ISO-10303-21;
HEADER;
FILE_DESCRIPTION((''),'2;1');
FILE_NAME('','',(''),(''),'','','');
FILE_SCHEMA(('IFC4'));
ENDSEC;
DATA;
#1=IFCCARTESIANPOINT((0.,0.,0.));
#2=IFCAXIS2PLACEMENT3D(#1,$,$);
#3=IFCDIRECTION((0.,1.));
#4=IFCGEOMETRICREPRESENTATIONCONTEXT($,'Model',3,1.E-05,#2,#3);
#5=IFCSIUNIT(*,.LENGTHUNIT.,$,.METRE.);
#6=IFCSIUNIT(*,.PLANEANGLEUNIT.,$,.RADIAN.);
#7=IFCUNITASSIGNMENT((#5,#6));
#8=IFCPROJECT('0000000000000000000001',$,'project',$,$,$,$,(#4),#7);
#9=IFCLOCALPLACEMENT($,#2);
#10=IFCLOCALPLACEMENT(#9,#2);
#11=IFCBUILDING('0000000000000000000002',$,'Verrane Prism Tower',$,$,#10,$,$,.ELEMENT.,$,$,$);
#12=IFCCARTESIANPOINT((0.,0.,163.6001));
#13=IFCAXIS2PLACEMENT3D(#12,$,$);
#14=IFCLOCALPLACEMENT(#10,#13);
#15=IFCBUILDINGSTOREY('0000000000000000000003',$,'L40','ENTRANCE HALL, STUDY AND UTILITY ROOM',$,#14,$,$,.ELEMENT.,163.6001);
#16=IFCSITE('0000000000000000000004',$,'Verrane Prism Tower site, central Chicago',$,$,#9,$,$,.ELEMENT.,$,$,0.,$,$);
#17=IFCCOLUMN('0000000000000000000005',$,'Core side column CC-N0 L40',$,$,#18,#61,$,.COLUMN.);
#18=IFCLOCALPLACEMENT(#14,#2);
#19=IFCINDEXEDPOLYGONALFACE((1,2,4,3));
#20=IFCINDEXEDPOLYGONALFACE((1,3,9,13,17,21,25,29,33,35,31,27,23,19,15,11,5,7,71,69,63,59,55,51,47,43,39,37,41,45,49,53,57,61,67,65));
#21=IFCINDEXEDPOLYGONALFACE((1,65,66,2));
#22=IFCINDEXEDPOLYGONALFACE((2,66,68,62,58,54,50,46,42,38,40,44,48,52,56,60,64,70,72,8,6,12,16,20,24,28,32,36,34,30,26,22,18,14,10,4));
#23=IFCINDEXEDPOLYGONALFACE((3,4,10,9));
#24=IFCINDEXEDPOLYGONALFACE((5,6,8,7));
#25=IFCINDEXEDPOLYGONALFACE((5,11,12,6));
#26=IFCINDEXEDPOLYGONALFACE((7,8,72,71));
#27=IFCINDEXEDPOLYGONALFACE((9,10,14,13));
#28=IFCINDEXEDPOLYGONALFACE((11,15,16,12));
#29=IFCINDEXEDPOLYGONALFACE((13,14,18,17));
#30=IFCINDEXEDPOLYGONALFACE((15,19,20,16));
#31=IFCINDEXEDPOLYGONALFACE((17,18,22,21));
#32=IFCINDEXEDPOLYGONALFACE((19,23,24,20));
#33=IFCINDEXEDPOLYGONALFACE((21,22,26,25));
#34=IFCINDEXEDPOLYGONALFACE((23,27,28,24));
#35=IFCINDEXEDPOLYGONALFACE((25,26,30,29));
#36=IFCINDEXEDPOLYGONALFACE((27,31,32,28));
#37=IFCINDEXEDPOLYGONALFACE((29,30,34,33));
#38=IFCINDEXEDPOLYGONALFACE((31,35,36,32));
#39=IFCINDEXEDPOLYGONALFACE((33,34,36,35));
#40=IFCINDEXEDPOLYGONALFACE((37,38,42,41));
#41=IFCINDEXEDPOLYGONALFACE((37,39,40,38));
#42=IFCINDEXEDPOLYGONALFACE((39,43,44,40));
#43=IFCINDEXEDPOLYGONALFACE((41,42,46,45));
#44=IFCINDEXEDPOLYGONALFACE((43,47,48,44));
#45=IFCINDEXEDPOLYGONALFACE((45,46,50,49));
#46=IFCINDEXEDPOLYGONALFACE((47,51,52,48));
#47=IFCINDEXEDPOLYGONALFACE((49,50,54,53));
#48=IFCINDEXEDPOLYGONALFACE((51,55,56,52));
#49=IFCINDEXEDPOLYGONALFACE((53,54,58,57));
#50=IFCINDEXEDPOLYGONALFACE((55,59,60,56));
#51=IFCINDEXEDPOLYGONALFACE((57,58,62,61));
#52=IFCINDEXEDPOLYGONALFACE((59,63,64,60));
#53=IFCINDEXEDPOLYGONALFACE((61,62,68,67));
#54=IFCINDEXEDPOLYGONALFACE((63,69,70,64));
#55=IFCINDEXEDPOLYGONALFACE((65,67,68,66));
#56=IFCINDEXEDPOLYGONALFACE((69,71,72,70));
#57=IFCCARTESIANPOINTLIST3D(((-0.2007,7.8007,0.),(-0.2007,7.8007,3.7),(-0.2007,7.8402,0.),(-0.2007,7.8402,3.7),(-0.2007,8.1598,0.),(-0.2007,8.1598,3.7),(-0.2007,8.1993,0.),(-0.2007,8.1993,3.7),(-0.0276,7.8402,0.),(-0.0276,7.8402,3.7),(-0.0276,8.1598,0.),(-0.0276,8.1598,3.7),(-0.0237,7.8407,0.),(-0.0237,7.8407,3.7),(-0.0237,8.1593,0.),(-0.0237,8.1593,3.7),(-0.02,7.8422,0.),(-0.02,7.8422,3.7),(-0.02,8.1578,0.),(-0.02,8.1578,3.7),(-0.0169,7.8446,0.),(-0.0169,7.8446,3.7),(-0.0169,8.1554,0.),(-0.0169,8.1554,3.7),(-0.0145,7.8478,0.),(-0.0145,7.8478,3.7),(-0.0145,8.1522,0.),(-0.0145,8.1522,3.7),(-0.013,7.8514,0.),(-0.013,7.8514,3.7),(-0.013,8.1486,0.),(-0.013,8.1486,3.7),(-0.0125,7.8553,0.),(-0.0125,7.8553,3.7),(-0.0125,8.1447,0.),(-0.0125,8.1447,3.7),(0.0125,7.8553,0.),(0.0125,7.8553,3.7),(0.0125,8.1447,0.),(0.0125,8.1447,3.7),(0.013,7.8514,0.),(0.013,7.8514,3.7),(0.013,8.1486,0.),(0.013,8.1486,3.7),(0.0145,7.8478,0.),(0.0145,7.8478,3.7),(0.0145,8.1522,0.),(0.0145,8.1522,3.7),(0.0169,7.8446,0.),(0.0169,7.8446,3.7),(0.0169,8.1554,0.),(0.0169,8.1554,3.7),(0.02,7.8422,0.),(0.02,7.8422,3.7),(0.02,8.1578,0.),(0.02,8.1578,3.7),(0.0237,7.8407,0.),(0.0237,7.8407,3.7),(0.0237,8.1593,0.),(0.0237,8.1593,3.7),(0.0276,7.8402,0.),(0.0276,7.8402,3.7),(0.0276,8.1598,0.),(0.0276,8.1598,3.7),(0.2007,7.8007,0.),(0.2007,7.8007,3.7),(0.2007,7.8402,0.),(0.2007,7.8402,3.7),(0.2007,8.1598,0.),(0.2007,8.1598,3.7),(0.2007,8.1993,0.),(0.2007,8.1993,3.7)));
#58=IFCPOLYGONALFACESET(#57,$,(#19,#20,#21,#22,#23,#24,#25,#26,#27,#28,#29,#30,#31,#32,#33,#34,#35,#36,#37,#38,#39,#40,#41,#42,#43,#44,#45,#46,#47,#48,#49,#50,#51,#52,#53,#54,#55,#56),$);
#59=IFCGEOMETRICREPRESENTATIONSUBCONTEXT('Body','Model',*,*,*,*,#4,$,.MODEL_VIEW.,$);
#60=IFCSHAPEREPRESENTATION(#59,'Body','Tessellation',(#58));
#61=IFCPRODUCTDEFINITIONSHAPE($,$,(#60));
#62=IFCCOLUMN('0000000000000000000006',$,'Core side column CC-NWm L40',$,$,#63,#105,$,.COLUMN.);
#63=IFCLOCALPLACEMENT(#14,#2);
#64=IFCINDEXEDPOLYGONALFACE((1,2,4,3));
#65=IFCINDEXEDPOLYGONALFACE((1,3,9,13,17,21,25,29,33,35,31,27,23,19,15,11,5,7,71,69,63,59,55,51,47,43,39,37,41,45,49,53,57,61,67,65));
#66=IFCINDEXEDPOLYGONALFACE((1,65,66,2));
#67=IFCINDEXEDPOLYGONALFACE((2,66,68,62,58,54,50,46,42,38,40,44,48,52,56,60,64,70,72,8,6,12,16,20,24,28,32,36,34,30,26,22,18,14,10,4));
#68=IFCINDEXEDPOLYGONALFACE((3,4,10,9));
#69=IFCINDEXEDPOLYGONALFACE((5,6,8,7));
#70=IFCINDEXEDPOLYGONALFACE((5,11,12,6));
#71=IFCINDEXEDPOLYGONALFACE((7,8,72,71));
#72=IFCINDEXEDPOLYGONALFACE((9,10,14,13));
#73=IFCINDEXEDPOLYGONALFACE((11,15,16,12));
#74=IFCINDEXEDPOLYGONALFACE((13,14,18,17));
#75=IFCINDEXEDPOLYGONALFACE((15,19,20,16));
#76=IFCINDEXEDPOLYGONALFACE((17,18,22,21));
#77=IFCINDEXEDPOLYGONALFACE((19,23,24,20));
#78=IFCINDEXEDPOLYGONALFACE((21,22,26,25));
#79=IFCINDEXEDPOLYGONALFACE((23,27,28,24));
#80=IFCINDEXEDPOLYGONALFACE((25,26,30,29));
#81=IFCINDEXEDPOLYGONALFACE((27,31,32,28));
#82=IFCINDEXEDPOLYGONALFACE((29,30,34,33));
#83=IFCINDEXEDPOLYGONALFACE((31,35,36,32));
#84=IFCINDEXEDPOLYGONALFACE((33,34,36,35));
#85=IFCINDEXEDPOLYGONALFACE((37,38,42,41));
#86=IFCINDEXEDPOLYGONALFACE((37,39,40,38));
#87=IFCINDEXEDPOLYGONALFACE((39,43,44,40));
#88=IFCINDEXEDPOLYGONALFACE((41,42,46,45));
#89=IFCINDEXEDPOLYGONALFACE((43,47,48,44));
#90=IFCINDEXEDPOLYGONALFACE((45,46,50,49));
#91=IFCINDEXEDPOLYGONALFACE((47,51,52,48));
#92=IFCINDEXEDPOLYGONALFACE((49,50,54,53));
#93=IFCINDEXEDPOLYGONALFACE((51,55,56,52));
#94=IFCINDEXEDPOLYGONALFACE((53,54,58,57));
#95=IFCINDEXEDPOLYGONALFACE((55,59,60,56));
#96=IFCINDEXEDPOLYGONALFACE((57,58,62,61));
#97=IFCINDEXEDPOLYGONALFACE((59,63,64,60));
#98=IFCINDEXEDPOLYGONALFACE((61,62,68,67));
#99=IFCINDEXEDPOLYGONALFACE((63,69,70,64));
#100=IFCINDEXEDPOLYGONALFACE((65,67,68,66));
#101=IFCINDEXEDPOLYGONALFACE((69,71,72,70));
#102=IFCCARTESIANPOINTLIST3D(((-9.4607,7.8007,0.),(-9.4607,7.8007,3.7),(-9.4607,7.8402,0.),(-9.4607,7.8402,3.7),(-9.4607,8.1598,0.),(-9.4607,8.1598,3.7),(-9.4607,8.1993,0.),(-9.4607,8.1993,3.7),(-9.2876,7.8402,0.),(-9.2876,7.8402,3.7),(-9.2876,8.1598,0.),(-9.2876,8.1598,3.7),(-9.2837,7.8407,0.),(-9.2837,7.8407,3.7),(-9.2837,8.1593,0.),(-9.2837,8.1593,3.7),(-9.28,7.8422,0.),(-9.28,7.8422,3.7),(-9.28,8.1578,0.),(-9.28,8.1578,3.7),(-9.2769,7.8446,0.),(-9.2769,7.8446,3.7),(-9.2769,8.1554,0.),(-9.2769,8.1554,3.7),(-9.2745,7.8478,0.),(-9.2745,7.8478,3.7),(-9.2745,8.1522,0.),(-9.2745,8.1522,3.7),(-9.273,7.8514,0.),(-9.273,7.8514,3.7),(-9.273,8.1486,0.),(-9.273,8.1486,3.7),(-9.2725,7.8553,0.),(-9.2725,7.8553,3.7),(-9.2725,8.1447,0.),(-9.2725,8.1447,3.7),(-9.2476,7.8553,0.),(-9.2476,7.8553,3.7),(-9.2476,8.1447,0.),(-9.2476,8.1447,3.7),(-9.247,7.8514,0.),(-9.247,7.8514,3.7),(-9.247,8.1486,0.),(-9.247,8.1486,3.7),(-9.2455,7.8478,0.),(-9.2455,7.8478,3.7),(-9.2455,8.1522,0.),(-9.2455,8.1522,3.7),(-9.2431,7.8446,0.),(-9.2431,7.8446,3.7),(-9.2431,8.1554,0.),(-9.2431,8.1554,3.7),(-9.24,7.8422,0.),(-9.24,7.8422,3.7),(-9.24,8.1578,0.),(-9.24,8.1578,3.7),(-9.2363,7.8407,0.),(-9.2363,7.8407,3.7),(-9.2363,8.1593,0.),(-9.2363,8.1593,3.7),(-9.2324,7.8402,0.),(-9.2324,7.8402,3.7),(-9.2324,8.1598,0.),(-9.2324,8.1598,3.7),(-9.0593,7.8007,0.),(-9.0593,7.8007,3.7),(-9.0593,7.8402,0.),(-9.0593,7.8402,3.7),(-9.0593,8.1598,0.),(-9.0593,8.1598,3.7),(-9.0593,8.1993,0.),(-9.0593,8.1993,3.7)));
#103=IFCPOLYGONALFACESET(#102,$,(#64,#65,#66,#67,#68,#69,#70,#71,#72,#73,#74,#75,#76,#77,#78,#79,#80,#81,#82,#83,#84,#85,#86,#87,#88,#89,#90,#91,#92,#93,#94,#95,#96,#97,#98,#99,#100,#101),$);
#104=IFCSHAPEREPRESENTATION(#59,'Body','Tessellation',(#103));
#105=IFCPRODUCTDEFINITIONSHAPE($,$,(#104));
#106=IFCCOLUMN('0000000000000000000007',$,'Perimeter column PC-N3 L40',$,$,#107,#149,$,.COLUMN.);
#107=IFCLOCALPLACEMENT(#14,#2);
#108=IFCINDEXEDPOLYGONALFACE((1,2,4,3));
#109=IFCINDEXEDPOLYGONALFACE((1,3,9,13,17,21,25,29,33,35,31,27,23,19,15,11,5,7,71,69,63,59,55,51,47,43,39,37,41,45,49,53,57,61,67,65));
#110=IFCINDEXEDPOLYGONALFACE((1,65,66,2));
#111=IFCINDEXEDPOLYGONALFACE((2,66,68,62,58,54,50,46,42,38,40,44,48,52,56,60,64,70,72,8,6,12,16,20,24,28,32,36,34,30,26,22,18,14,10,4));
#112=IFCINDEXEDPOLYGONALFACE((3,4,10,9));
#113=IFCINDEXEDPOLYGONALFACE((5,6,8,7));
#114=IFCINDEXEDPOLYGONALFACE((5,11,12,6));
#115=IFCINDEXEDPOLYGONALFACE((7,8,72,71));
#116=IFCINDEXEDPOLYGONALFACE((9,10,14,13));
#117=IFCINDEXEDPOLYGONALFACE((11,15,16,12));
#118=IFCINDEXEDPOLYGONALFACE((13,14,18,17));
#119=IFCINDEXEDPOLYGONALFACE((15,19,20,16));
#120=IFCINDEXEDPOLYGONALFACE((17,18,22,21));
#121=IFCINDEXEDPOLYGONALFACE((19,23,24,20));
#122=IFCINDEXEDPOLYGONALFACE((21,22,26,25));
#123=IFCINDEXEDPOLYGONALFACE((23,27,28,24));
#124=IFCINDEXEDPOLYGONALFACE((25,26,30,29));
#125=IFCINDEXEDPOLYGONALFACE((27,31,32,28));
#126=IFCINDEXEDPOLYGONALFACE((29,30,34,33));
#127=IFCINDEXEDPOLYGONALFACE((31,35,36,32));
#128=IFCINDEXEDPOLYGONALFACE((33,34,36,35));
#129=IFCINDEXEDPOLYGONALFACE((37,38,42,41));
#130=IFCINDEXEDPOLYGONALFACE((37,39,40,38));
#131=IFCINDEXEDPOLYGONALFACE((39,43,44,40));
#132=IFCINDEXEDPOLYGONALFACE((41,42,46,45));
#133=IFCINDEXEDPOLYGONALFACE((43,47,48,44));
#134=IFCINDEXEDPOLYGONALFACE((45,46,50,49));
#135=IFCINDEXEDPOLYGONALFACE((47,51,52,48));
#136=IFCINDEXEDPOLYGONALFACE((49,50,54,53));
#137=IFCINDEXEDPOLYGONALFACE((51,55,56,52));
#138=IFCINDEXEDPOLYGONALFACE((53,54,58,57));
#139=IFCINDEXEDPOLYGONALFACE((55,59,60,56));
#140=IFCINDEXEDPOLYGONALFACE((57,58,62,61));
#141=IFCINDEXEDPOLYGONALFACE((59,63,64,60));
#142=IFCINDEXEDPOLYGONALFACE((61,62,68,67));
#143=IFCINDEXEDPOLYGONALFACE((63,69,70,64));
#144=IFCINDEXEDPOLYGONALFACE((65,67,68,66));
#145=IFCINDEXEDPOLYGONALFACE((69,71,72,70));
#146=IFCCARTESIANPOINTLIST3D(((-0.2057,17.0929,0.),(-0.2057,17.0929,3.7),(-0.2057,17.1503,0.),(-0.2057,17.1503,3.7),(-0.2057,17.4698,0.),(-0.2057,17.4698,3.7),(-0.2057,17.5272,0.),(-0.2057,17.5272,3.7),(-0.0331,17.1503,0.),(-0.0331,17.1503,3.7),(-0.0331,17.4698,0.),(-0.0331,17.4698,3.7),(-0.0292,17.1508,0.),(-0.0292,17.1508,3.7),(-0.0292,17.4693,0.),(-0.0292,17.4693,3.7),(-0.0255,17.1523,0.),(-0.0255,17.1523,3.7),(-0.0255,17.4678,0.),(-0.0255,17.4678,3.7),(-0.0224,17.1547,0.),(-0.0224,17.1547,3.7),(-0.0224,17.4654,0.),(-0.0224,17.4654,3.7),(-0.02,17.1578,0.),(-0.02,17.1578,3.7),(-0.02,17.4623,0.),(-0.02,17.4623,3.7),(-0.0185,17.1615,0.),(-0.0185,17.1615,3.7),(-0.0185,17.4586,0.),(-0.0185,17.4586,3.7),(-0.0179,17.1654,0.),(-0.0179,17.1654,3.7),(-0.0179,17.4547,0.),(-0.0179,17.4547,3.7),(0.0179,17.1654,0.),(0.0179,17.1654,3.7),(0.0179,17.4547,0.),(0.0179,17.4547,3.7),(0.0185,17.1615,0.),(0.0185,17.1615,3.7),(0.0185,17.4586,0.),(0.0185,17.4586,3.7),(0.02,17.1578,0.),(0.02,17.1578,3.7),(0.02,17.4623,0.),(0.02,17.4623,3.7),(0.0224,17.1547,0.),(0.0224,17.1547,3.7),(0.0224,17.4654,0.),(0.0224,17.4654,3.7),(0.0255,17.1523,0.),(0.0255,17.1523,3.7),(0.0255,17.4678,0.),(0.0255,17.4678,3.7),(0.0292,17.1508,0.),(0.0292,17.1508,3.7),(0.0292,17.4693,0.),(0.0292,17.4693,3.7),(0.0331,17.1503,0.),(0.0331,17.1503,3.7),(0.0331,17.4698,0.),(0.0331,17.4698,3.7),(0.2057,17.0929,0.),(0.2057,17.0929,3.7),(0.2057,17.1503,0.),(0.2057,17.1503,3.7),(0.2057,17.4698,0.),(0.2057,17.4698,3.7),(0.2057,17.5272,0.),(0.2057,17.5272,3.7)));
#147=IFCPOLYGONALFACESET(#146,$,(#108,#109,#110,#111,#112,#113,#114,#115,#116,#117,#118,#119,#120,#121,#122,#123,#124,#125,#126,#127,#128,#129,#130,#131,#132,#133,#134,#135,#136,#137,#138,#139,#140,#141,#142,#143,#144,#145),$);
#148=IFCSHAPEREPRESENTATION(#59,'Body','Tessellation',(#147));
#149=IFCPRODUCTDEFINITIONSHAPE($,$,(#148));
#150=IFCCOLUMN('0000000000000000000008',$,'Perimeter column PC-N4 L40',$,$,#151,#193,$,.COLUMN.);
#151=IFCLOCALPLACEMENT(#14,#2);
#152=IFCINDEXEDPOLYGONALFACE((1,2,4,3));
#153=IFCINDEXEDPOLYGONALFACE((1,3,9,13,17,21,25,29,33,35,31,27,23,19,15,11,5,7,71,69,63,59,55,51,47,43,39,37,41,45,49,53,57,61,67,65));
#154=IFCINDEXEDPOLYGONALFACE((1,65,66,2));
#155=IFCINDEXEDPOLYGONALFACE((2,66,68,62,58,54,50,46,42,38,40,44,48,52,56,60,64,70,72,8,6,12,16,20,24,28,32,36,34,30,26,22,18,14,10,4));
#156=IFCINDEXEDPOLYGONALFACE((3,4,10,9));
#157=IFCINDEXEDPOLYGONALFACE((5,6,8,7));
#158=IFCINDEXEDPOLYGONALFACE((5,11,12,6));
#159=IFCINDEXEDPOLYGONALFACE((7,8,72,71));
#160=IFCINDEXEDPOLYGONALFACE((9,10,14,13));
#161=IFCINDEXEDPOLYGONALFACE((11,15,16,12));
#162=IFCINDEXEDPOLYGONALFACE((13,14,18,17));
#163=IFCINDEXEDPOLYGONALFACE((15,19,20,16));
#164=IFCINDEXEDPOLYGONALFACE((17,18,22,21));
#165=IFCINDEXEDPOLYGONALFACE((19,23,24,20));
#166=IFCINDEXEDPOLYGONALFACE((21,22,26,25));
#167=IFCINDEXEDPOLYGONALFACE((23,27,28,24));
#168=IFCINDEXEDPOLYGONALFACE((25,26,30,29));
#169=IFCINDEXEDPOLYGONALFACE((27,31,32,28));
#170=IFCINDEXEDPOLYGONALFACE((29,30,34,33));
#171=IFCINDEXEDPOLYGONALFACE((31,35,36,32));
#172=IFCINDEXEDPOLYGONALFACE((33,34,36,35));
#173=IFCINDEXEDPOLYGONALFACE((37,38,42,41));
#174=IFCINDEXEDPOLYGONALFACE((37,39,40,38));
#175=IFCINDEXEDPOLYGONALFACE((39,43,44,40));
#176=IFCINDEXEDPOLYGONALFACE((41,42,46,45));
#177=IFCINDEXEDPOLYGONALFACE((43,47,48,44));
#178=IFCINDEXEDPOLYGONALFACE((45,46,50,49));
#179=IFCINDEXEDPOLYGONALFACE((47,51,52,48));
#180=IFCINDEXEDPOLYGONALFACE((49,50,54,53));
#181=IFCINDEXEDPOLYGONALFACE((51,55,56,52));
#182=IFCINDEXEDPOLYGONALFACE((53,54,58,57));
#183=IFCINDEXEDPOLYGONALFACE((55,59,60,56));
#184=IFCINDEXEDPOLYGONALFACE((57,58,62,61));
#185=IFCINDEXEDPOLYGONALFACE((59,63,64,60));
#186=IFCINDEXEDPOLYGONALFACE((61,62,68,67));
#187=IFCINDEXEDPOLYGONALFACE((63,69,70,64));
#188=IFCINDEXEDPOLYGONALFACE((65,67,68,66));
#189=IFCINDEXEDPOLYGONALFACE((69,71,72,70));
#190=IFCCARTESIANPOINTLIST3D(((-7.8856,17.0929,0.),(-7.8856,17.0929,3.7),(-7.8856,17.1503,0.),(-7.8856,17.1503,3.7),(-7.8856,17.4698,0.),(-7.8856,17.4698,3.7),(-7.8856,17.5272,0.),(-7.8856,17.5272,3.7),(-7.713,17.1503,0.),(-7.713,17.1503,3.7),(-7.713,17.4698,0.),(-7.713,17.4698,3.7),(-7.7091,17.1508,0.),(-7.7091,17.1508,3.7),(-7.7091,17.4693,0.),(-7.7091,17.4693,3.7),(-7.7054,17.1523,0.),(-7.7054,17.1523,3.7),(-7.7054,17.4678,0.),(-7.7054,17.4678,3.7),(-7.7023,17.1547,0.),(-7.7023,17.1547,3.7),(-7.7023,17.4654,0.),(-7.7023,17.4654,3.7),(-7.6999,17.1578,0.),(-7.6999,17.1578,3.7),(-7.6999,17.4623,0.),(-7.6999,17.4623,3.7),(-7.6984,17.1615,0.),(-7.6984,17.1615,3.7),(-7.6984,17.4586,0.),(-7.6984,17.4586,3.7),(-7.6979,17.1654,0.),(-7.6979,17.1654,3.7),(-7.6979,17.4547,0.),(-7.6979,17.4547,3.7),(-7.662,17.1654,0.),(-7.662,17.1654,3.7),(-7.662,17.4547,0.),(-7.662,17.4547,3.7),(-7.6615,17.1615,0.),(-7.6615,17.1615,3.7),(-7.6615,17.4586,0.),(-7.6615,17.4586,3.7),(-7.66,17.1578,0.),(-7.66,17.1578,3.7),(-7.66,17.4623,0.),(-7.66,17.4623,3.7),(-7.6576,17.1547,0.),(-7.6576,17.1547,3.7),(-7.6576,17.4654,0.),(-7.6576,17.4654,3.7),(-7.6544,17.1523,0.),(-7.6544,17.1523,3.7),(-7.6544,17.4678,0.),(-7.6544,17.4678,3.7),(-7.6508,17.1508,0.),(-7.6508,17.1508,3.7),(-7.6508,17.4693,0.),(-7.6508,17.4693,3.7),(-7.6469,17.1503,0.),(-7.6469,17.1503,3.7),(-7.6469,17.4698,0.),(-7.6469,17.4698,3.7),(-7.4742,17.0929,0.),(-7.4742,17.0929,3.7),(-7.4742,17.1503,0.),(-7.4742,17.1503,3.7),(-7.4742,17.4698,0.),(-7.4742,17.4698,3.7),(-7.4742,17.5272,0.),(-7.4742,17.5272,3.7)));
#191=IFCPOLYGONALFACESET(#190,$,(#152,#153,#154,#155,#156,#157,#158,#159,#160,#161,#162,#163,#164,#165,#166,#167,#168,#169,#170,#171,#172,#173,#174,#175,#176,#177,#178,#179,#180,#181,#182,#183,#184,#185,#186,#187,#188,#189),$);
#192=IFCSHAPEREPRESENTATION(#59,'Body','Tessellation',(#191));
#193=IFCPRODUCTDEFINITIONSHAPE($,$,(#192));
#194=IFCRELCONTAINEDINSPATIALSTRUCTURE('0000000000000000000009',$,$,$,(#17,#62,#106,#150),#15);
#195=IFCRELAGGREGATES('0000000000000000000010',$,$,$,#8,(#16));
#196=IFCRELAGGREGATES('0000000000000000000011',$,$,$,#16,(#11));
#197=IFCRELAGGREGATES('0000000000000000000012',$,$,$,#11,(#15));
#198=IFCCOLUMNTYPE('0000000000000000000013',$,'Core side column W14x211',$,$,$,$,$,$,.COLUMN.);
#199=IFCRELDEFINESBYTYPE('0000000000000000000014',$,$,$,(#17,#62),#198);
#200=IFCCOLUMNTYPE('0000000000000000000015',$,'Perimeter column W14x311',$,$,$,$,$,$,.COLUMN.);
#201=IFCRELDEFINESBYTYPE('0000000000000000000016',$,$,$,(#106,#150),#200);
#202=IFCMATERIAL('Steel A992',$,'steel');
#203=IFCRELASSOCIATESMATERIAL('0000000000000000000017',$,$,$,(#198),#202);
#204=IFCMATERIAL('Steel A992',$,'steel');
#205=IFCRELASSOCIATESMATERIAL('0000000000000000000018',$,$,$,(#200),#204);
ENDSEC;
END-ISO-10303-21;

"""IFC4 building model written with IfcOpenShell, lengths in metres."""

from ifc_helpers import new_model, si_unit, direction, frame, origin, origin_2d, place, context, subcontext, project, spatial, i_section, extrude, material, material_profile, profile_set, type_object, element, save


model = new_model("IFC4")

# Units and contexts
model_context = context("Model", 3, precision=1e-05, world=origin(), true_north=direction((0.0, 1.0)))
body_context = subcontext(model_context, "Body", "Model", "MODEL_VIEW")
ifc_project = project(units=[si_unit("LENGTHUNIT", "METRE"), si_unit("PLANEANGLEUNIT", "RADIAN")], contexts=[model_context])

# Site, building, storey
site_placement = place(None, origin())
site = spatial("IfcSite", under=ifc_project, at=site_placement, Name="Verrane Prism Tower site, central Chicago", CompositionType="ELEMENT", RefElevation=0.0)
building_placement = place(site_placement, origin())
building = spatial("IfcBuilding", under=site, at=building_placement, Name="Verrane Prism Tower", CompositionType="ELEMENT")
storey_placement = place(building_placement, frame((0.0, 0.0, 163.6001)))
storey = spatial("IfcBuildingStorey", under=building, at=storey_placement, Name="L40", Description="ENTRANCE HALL, STUDY AND UTILITY ROOM", CompositionType="ELEMENT", Elevation=163.6001)

# Columns
ifc_material_1 = material(Name="Steel A992", Category="steel")
ifc_material_profile_1 = material_profile(ifc_material_1, i_section(OverallWidth=0.4014, OverallDepth=0.3987, WebThickness=0.0249, FlangeThickness=0.0396, FilletRadius=0.0151, at=origin_2d()), Name="W14x211")
ifc_profile_set_1 = profile_set([ifc_material_profile_1], Name="Steel A992")
column_type_1 = type_object("IfcColumnType", Name="Core side column W14x211", PredefinedType="COLUMN", material=ifc_profile_set_1)
for number, where, z_axis, x_axis, name in (
    (1, (0.0, 8.0, 0.0), (0.0, 0.0, 1.0), (1.0, 0.0, 0.0), "Core side column CC-N0 L40"),
    (2, (-9.26, 8.0, 0.0), (0.0, 0.0, 1.0), (1.0, 0.0, 0.0), "Core side column CC-NWm L40"),
):
    element("IfcColumn", number, at=place(storey_placement, frame(where, z_axis=z_axis, x_axis=x_axis)), inside=storey, type_object=column_type_1, Name=name, PredefinedType="COLUMN", context=body_context, shape_type="SweptSolid", body=[
        extrude(i_section(OverallWidth=0.4014, OverallDepth=0.3987, WebThickness=0.0249, FlangeThickness=0.0396, FilletRadius=0.0151, at=origin_2d()), origin(), (0.0, 0.0, 1.0), 3.7),
    ])
ifc_material_2 = material(Name="Steel A992", Category="steel")
ifc_material_profile_2 = material_profile(ifc_material_2, i_section(OverallWidth=0.4114, OverallDepth=0.4343, WebThickness=0.0359, FlangeThickness=0.0574, FilletRadius=0.0151, at=origin_2d()), Name="W14x311")
ifc_profile_set_2 = profile_set([ifc_material_profile_2], Name="Steel A992")
column_type_2 = type_object("IfcColumnType", Name="Perimeter column W14x311", PredefinedType="COLUMN", material=ifc_profile_set_2)
for number, where, z_axis, x_axis, name in (
    (3, (0.0, 17.3101, 0.0), (0.0, 0.0, 1.0), (1.0, 0.0, 0.0), "Perimeter column PC-N3 L40"),
    (4, (-7.6799, 17.3101, 0.0), (0.0, 0.0, 1.0), (1.0, 0.0, 0.0), "Perimeter column PC-N4 L40"),
):
    element("IfcColumn", number, at=place(storey_placement, frame(where, z_axis=z_axis, x_axis=x_axis)), inside=storey, type_object=column_type_2, Name=name, PredefinedType="COLUMN", context=body_context, shape_type="SweptSolid", body=[
        extrude(i_section(OverallWidth=0.4114, OverallDepth=0.4343, WebThickness=0.0359, FlangeThickness=0.0574, FilletRadius=0.0151, at=origin_2d()), origin(), (0.0, 0.0, 1.0), 3.7),
    ])

save(model, "model.ifc")
